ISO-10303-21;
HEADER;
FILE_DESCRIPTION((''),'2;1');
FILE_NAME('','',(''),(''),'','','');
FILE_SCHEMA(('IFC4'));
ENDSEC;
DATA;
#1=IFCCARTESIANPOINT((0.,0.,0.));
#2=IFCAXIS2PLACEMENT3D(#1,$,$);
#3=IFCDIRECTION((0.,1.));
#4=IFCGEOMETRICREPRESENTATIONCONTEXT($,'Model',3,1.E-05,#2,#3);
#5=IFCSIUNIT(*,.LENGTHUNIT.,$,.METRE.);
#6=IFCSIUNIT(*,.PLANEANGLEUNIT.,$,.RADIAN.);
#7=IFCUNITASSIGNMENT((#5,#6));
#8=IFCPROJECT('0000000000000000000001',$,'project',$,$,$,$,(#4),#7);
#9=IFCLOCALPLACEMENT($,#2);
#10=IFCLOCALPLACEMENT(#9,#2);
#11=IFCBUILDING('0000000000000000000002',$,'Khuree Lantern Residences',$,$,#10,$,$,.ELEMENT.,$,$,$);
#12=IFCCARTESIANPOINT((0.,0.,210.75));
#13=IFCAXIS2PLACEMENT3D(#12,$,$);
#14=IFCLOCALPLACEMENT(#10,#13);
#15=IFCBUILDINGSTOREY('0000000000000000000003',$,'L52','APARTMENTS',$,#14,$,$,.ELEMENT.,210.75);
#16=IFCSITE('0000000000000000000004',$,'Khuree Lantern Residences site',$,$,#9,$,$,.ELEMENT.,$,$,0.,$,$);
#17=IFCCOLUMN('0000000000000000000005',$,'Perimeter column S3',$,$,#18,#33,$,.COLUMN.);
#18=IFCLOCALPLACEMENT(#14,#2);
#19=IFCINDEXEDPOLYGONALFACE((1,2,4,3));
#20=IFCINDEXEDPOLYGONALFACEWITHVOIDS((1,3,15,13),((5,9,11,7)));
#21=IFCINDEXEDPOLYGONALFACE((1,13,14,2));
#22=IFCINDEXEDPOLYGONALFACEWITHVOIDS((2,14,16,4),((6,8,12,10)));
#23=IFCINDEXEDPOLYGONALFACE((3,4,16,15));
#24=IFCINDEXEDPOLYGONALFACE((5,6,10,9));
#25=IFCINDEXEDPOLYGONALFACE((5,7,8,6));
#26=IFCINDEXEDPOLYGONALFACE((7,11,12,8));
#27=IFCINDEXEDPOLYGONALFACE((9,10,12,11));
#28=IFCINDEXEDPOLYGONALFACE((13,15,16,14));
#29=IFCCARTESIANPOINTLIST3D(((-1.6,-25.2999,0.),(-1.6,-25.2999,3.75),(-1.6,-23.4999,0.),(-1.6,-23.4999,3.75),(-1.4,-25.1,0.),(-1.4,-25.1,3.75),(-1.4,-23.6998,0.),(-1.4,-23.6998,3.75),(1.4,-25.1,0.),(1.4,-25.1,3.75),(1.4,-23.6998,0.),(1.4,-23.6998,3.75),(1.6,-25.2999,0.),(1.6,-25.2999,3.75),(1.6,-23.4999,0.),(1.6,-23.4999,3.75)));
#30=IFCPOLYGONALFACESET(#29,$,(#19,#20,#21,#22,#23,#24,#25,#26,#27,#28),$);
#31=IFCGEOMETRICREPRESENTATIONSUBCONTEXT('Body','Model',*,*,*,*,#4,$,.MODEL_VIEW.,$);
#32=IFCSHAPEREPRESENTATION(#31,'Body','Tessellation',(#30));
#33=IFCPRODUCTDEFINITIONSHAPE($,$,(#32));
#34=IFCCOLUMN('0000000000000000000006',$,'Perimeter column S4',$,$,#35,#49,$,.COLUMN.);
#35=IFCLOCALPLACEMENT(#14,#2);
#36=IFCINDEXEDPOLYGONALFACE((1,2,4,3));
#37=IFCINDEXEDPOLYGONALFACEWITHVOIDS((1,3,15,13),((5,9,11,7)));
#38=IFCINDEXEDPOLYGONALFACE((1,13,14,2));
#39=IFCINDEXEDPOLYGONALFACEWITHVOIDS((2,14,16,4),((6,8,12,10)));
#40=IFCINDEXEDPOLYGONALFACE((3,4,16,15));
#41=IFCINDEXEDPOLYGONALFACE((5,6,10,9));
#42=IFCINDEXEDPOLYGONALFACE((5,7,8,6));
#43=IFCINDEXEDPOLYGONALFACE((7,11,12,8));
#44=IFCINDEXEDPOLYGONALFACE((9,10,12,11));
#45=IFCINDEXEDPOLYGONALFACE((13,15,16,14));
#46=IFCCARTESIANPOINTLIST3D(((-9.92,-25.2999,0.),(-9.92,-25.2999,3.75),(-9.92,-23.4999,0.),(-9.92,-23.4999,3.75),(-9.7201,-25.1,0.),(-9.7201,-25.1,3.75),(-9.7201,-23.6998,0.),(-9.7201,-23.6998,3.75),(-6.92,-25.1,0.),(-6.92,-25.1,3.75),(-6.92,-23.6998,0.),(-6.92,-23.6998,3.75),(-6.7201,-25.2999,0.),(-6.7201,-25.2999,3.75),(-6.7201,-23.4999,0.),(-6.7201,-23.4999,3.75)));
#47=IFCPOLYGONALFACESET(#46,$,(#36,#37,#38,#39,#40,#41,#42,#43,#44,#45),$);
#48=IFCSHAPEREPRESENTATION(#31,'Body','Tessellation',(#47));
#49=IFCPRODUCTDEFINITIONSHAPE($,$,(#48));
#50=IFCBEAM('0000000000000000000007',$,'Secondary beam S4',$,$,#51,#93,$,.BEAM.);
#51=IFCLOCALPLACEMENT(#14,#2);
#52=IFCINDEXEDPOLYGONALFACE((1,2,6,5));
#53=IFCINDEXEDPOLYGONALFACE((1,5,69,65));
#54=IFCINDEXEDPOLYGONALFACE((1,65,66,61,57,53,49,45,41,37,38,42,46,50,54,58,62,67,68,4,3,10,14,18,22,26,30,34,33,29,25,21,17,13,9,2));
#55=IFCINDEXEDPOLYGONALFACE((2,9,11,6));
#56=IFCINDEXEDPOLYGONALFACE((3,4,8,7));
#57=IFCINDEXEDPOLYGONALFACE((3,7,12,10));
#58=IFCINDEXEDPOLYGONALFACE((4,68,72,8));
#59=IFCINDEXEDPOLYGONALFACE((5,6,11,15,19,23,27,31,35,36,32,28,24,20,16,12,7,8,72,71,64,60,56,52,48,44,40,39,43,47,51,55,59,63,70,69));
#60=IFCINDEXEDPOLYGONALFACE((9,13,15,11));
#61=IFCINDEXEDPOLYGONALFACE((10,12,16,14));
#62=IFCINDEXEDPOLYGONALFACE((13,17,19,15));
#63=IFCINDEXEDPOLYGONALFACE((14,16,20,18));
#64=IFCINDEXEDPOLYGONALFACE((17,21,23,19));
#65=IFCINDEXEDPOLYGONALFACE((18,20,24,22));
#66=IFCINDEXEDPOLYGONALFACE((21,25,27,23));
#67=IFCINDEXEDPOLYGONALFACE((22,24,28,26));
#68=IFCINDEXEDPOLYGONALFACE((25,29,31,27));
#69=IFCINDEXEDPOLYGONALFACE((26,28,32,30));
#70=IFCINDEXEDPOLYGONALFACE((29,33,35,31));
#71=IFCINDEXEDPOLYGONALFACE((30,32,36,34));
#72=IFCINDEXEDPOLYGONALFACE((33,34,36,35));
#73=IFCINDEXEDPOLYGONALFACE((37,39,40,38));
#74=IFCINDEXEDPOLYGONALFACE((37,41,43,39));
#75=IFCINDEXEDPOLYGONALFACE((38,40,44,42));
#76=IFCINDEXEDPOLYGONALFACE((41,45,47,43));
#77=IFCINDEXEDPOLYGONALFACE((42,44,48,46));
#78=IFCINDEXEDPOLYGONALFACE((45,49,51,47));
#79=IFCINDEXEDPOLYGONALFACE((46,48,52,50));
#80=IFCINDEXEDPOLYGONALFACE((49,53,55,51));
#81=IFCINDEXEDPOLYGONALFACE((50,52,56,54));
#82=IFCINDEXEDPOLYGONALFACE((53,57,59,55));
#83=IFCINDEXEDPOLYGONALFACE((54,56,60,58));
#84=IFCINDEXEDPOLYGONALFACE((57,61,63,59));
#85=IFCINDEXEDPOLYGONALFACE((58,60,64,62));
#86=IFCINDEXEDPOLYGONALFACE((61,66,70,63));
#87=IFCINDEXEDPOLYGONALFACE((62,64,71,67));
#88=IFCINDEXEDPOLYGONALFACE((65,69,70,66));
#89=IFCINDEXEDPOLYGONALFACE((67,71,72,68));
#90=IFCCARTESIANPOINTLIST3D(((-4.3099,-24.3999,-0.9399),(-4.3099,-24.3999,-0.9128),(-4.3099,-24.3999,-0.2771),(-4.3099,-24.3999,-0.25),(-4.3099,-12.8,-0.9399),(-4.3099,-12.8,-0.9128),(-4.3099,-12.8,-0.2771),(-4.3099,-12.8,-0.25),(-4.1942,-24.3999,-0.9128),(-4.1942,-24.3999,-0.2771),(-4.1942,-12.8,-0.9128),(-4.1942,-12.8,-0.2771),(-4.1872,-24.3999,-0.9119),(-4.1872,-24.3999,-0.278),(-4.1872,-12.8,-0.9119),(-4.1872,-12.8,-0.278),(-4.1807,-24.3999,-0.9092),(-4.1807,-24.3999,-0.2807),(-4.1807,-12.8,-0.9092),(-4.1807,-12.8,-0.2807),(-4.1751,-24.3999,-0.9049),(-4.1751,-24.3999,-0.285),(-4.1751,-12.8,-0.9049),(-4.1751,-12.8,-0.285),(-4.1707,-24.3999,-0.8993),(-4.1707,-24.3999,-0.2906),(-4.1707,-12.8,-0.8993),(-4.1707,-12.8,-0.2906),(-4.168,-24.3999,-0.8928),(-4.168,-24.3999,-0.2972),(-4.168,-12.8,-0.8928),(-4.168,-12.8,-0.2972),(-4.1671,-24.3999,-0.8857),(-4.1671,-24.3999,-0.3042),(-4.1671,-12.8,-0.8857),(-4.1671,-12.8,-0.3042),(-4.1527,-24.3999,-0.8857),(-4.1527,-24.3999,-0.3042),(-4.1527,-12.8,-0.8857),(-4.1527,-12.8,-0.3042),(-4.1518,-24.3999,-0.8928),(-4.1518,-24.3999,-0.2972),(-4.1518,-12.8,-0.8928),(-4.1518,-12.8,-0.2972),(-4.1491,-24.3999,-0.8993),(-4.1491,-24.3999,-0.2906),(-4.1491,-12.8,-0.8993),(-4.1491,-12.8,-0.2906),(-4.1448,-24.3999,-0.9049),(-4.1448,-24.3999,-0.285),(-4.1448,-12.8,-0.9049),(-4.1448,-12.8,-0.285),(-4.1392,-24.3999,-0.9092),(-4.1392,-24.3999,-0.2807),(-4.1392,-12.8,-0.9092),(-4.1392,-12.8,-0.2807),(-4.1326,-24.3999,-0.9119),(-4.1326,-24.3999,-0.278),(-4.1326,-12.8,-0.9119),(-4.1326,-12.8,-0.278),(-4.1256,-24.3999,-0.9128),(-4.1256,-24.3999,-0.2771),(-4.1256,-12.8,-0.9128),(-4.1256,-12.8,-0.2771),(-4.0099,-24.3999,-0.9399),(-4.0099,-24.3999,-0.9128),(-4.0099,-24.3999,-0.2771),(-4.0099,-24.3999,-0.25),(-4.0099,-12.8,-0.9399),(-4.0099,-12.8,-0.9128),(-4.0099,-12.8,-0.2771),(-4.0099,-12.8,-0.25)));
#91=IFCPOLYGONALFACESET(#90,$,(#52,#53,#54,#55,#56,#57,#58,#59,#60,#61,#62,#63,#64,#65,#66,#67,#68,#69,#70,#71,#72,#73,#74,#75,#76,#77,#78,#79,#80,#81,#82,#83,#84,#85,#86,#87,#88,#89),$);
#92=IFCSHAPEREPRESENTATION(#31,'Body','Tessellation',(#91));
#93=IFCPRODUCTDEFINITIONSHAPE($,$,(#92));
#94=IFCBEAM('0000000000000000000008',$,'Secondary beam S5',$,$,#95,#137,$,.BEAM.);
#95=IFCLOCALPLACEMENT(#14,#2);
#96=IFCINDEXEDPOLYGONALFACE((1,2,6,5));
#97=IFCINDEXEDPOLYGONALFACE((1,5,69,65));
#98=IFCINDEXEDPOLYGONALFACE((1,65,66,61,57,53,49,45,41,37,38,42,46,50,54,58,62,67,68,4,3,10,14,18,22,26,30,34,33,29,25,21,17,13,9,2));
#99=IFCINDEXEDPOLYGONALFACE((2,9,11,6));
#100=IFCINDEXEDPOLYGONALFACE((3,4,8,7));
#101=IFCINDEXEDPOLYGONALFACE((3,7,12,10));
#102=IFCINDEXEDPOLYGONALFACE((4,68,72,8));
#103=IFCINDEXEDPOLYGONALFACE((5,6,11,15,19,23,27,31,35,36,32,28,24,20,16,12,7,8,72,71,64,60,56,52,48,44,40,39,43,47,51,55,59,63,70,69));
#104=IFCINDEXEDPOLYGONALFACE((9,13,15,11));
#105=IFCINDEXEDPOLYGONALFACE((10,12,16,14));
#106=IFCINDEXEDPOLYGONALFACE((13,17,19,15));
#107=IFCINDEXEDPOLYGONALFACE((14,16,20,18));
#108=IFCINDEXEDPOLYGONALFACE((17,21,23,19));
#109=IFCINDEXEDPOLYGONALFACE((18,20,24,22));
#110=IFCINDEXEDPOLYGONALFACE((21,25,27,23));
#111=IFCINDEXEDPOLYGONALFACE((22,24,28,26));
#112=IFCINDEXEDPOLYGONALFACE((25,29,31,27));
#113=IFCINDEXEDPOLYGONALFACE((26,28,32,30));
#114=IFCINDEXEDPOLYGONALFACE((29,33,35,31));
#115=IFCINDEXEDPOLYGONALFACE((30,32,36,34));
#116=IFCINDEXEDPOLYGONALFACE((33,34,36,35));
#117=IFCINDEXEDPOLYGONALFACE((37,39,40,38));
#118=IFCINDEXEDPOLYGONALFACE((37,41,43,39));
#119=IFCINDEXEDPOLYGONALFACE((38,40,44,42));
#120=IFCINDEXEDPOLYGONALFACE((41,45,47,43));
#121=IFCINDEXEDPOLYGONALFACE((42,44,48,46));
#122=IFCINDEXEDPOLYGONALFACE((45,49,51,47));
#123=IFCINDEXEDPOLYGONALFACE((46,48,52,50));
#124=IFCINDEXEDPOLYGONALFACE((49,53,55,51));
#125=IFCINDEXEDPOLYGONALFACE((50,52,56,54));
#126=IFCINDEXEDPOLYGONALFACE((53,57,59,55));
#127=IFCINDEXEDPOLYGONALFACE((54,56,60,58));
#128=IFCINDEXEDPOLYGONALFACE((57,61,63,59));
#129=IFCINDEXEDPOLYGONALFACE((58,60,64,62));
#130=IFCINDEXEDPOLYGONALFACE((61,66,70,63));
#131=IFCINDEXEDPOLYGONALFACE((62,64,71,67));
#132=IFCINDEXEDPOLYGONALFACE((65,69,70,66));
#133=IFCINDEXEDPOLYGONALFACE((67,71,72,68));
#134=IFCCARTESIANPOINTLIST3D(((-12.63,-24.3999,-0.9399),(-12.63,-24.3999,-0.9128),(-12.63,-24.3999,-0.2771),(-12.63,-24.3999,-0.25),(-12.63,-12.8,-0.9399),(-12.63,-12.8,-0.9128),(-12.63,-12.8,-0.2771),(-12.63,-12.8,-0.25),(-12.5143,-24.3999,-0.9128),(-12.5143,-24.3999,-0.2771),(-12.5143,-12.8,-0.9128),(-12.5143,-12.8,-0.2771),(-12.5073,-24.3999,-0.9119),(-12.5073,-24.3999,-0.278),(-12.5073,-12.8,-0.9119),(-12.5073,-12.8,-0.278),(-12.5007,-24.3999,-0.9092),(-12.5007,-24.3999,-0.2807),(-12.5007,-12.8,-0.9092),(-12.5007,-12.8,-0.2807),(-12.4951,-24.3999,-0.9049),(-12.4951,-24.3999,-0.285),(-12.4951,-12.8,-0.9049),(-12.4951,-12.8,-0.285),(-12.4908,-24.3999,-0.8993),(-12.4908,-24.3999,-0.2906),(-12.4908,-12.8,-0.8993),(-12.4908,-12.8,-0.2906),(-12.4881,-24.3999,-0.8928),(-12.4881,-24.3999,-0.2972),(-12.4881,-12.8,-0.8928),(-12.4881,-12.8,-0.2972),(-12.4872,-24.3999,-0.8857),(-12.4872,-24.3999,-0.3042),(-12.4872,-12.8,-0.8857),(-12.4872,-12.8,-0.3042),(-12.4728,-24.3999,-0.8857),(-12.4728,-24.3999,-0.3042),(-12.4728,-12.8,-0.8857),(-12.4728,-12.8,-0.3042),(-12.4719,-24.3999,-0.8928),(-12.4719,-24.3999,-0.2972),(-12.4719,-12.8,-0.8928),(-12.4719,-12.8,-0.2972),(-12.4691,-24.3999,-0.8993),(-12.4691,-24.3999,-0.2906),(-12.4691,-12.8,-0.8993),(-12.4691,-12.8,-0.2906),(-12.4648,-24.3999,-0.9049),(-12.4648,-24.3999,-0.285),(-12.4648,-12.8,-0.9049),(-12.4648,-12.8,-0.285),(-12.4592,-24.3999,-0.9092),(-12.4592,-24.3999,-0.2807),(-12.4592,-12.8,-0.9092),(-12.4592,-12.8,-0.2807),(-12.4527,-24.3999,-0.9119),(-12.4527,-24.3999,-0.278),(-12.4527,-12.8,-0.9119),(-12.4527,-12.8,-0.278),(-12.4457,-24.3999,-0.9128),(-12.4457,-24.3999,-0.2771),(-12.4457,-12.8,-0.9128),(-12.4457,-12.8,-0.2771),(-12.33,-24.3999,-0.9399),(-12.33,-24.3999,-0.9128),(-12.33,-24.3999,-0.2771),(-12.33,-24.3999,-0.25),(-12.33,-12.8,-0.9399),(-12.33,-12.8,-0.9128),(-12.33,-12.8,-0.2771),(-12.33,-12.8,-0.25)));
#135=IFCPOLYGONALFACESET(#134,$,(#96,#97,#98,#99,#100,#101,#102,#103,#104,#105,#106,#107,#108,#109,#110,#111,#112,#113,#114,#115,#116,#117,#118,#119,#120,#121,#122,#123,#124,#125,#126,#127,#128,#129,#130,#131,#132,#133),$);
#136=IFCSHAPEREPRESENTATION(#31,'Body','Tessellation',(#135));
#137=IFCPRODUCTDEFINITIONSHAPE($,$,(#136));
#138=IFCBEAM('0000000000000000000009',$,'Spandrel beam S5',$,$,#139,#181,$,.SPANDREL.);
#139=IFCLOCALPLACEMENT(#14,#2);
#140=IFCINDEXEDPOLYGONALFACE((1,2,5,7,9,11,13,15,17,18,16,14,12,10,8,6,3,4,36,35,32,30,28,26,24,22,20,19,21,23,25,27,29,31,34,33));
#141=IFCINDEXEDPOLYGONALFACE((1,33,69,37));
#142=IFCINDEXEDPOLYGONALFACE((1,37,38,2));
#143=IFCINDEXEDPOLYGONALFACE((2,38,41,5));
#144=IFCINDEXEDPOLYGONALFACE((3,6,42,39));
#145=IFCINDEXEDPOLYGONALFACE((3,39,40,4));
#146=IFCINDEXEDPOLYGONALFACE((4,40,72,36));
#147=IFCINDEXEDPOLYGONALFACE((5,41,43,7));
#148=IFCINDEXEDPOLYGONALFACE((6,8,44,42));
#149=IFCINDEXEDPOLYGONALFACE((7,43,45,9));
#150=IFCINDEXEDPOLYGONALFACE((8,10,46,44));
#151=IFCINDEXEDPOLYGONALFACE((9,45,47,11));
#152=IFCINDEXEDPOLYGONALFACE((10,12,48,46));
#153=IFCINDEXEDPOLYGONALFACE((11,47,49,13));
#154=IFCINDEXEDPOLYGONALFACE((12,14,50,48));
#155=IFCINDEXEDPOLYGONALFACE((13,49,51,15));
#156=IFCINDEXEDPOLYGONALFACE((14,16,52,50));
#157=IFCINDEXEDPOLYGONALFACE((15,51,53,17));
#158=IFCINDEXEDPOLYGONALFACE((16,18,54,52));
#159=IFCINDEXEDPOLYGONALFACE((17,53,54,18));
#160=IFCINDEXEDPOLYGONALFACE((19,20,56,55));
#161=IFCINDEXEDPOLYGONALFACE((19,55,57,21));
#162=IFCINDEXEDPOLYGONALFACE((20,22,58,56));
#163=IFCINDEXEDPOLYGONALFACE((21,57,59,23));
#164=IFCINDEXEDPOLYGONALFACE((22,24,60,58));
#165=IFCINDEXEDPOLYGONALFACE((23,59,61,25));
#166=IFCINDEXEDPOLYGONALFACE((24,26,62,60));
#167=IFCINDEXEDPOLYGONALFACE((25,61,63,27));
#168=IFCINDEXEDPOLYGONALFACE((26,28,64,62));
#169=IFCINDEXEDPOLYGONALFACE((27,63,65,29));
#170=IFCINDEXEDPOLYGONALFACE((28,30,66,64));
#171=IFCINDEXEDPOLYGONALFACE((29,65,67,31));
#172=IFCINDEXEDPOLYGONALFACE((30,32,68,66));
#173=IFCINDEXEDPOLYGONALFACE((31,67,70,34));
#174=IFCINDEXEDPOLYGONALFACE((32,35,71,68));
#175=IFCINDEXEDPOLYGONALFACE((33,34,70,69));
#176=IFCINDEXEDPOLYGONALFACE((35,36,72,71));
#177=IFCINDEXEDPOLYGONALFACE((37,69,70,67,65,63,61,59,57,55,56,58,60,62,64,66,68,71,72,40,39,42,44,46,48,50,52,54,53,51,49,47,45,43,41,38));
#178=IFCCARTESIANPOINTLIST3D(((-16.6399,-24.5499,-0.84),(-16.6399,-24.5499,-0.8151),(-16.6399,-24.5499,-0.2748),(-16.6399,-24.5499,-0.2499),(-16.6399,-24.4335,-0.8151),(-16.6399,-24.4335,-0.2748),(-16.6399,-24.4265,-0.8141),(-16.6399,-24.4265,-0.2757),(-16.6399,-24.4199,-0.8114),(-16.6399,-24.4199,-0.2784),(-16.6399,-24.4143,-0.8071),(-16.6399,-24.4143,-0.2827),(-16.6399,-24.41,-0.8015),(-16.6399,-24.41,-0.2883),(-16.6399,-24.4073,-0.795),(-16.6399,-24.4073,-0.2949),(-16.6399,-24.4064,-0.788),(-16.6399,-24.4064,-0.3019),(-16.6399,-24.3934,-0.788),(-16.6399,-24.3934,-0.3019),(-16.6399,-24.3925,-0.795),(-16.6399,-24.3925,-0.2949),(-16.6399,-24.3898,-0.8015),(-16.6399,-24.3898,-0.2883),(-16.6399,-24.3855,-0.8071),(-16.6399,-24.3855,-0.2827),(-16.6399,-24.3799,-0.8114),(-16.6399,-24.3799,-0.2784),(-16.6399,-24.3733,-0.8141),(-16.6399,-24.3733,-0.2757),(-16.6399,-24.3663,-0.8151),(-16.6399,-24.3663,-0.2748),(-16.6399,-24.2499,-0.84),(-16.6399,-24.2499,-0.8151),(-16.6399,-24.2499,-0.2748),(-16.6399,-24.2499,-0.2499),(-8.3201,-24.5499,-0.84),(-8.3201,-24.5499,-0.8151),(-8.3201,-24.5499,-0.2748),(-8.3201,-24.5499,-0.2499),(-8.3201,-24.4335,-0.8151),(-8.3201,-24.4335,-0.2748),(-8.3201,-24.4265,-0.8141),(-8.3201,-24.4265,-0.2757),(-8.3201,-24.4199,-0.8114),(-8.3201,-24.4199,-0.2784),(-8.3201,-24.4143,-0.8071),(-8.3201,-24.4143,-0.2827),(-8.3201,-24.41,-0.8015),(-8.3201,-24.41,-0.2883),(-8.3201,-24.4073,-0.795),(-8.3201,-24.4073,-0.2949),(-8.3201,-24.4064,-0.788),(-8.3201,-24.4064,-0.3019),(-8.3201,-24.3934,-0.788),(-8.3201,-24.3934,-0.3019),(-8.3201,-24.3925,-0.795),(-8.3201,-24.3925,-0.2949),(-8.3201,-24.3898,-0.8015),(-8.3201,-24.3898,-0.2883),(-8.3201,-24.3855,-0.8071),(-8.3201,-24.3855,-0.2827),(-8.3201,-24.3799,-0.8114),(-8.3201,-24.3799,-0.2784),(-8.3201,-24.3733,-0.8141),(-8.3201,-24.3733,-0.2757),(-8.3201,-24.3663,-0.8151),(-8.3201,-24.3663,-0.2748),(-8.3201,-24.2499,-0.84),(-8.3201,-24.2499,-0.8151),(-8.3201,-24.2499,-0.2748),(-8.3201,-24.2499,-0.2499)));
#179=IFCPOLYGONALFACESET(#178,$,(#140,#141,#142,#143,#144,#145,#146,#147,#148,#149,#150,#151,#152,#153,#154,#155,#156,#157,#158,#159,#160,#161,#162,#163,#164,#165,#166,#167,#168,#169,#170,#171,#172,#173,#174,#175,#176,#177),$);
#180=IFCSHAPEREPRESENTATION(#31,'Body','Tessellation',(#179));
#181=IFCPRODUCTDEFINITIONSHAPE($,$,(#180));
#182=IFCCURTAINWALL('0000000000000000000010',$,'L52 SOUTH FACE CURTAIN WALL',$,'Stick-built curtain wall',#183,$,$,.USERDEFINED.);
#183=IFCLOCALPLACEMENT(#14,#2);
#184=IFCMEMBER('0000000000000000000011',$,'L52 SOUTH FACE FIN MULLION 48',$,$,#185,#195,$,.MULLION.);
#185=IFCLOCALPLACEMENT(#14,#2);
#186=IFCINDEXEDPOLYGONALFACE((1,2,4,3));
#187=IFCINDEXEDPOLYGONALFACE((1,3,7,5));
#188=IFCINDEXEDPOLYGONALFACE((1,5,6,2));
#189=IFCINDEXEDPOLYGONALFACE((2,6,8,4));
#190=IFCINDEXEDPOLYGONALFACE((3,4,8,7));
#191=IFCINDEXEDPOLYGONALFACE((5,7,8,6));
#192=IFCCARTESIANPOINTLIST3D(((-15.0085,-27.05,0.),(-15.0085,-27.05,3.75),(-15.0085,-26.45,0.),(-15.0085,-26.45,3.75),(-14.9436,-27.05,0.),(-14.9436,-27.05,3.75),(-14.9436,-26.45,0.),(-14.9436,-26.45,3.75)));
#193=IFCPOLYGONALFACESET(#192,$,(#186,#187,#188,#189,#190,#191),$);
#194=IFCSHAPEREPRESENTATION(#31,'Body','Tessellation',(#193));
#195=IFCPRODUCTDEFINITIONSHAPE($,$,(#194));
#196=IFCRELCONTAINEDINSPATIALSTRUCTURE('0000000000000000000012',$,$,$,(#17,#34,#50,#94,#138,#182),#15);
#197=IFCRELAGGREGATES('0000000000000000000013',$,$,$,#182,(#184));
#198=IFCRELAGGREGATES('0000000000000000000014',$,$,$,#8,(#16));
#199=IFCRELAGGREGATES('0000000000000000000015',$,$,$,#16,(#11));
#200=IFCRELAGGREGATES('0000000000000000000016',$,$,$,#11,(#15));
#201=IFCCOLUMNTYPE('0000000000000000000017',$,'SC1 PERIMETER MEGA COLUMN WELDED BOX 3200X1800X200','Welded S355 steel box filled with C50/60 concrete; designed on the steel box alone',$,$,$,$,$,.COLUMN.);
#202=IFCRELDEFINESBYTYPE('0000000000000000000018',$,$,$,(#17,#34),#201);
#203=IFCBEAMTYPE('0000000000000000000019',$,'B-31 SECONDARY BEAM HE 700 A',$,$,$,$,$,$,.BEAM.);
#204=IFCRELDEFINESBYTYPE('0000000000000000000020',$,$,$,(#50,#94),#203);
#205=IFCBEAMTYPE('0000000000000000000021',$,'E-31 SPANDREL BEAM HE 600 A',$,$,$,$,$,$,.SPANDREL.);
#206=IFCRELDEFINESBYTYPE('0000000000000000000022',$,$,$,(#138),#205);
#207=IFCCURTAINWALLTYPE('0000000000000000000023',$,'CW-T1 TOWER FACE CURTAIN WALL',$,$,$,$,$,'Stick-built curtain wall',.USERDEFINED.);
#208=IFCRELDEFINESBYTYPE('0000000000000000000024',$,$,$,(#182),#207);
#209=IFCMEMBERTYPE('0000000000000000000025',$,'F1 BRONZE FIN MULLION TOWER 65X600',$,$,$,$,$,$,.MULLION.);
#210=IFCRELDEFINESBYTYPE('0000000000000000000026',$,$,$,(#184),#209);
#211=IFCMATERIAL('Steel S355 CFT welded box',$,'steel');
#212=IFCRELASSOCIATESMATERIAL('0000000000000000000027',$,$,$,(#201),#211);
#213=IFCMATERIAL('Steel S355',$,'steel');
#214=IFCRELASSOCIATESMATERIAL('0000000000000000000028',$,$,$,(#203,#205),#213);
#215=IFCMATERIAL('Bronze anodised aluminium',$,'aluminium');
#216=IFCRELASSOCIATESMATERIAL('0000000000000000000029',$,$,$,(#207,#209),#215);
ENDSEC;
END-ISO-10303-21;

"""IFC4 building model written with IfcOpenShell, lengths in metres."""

from ifc_helpers import new_model, si_unit, direction, frame, origin, origin_2d, place, context, subcontext, project, spatial, rectangle, hollow_rectangle, i_section, extrude, material, material_profile, profile_set, type_object, element, aggregate, save


model = new_model("IFC4")

# Units and contexts
model_context = context("Model", 3, precision=1e-05, world=origin(), true_north=direction((0.0, 1.0)))
body_context = subcontext(model_context, "Body", "Model", "MODEL_VIEW")
ifc_project = project(units=[si_unit("LENGTHUNIT", "METRE"), si_unit("PLANEANGLEUNIT", "RADIAN")], contexts=[model_context])

# Site, building, storey
site_placement = place(None, origin())
site = spatial("IfcSite", under=ifc_project, at=site_placement, Name="Khuree Lantern Residences site", CompositionType="ELEMENT", RefElevation=0.0)
building_placement = place(site_placement, origin())
building = spatial("IfcBuilding", under=site, at=building_placement, Name="Khuree Lantern Residences", CompositionType="ELEMENT")
storey_placement = place(building_placement, frame((0.0, 0.0, 210.75)))
storey = spatial("IfcBuildingStorey", under=building, at=storey_placement, Name="L52", Description="APARTMENTS", CompositionType="ELEMENT", Elevation=210.75)

# Columns
ifc_material_1 = material(Name="Steel S355 CFT welded box", Category="steel")
ifc_material_profile_1 = material_profile(ifc_material_1, hollow_rectangle(XDim=3.2, YDim=1.8, WallThickness=0.2, at=origin_2d()), Name="WELDED BOX 3200X1800X200")
ifc_profile_set_1 = profile_set([ifc_material_profile_1], Name="Steel S355 CFT welded box")
column_type = type_object("IfcColumnType", Name="SC1 PERIMETER MEGA COLUMN WELDED BOX 3200X1800X200", Description="Welded S355 steel box filled with C50/60 concrete; designed on the steel box alone", PredefinedType="COLUMN", material=ifc_profile_set_1)
for number, where, z_axis, x_axis, name in (
    (1, (0.0, -24.3999, 0.0), (0.0, 0.0, 1.0), (1.0, 0.0, 0.0), "Perimeter column S3"),
    (2, (-8.3201, -24.3999, 0.0), (0.0, 0.0, 1.0), (1.0, 0.0, 0.0), "Perimeter column S4"),
):
    element("IfcColumn", number, at=place(storey_placement, frame(where, z_axis=z_axis, x_axis=x_axis)), inside=storey, type_object=column_type, Name=name, PredefinedType="COLUMN", context=body_context, shape_type="SweptSolid", body=[
        extrude(hollow_rectangle(XDim=3.2, YDim=1.8, WallThickness=0.2, at=origin_2d()), origin(), (0.0, 0.0, 1.0), 3.75),
    ])

# Beams
ifc_material_2 = material(Name="Steel S355", Category="steel")
ifc_material_profile_2 = material_profile(ifc_material_2, i_section(OverallWidth=0.3, OverallDepth=0.6899, WebThickness=0.0144, FlangeThickness=0.0271, FilletRadius=0.0271, at=origin_2d()), Name="HE 700 A")
ifc_profile_set_2 = profile_set([ifc_material_profile_2], Name="Steel S355")
beam_type_1 = type_object("IfcBeamType", Name="B-31 SECONDARY BEAM HE 700 A", PredefinedType="BEAM", material=ifc_profile_set_2)
for number, where, z_axis, x_axis, name in (
    (3, (-4.1599, -24.3999, -0.595), (0.0, 1.0, 0.0), (-1.0, 0.0, 0.0), "Secondary beam S4"),
    (4, (-12.48, -24.3999, -0.595), (0.0, 1.0, 0.0), (-1.0, 0.0, 0.0), "Secondary beam S5"),
):
    element("IfcBeam", number, at=place(storey_placement, frame(where, z_axis=z_axis, x_axis=x_axis)), inside=storey, type_object=beam_type_1, Name=name, PredefinedType="BEAM", context=body_context, shape_type="SweptSolid", body=[
        extrude(i_section(OverallWidth=0.3, OverallDepth=0.6899, WebThickness=0.0144, FlangeThickness=0.0271, FilletRadius=0.0271, at=origin_2d()), origin(), (0.0, 0.0, 1.0), 11.5999),
    ])
ifc_material_profile_3 = material_profile(ifc_material_2, i_section(OverallWidth=0.3, OverallDepth=0.5901, WebThickness=0.0129, FlangeThickness=0.0249, FilletRadius=0.0271, at=origin_2d()), Name="HE 600 A")
ifc_profile_set_3 = profile_set([ifc_material_profile_3], Name="Steel S355")
beam_type_2 = type_object("IfcBeamType", Name="E-31 SPANDREL BEAM HE 600 A", PredefinedType="SPANDREL", material=ifc_profile_set_3)
beam_placement = place(storey_placement, frame((-8.3201, -24.3999, -0.5449), z_axis=(-1.0, 0.0, 0.0), x_axis=(0.0, -1.0, 0.0)))
element("IfcBeam", 5, at=beam_placement, inside=storey, type_object=beam_type_2, Name="Spandrel beam S5", PredefinedType="SPANDREL", context=body_context, shape_type="SweptSolid", body=[
    extrude(i_section(OverallWidth=0.3, OverallDepth=0.5901, WebThickness=0.0129, FlangeThickness=0.0249, FilletRadius=0.0271, at=origin_2d()), origin(), (0.0, 0.0, 1.0), 8.3198),
])

# Curtain wall, member
ifc_material_3 = material(Name="Bronze anodised aluminium", Category="aluminium")
curtain_wall_type = type_object("IfcCurtainWallType", Name="CW-T1 TOWER FACE CURTAIN WALL", ElementType="Stick-built curtain wall", PredefinedType="USERDEFINED", material=ifc_material_3)
curtain_wall_placement = place(storey_placement, origin())
curtain_wall = element("IfcCurtainWall", 6, at=curtain_wall_placement, inside=storey, type_object=curtain_wall_type, Name="L52 SOUTH FACE CURTAIN WALL", ObjectType="Stick-built curtain wall", PredefinedType="USERDEFINED")
ifc_material_profile_4 = material_profile(ifc_material_3, rectangle(XDim=0.0649, YDim=0.6001, at=origin_2d()), Name="F1 65X600")
ifc_profile_set_4 = profile_set([ifc_material_profile_4], Name="Bronze anodised aluminium")
member_type_1 = type_object("IfcMemberType", Name="F1 BRONZE FIN MULLION TOWER 65X600", PredefinedType="MULLION", material=ifc_profile_set_4)
member_1_placement = place(storey_placement, frame((-14.9761, -26.75, 0.0), z_axis=(0.0, 0.0, 1.0), x_axis=(1.0, 0.0, 0.0)))
member_1 = element("IfcMember", 7, at=member_1_placement, type_object=member_type_1, Name="L52 SOUTH FACE FIN MULLION 48", PredefinedType="MULLION", context=body_context, shape_type="SweptSolid", body=[
    extrude(rectangle(XDim=0.0649, YDim=0.6001, at=origin_2d()), origin(), (0.0, 0.0, 1.0), 3.75),
])

aggregate(curtain_wall, [member_1])

save(model, "model.ifc")
